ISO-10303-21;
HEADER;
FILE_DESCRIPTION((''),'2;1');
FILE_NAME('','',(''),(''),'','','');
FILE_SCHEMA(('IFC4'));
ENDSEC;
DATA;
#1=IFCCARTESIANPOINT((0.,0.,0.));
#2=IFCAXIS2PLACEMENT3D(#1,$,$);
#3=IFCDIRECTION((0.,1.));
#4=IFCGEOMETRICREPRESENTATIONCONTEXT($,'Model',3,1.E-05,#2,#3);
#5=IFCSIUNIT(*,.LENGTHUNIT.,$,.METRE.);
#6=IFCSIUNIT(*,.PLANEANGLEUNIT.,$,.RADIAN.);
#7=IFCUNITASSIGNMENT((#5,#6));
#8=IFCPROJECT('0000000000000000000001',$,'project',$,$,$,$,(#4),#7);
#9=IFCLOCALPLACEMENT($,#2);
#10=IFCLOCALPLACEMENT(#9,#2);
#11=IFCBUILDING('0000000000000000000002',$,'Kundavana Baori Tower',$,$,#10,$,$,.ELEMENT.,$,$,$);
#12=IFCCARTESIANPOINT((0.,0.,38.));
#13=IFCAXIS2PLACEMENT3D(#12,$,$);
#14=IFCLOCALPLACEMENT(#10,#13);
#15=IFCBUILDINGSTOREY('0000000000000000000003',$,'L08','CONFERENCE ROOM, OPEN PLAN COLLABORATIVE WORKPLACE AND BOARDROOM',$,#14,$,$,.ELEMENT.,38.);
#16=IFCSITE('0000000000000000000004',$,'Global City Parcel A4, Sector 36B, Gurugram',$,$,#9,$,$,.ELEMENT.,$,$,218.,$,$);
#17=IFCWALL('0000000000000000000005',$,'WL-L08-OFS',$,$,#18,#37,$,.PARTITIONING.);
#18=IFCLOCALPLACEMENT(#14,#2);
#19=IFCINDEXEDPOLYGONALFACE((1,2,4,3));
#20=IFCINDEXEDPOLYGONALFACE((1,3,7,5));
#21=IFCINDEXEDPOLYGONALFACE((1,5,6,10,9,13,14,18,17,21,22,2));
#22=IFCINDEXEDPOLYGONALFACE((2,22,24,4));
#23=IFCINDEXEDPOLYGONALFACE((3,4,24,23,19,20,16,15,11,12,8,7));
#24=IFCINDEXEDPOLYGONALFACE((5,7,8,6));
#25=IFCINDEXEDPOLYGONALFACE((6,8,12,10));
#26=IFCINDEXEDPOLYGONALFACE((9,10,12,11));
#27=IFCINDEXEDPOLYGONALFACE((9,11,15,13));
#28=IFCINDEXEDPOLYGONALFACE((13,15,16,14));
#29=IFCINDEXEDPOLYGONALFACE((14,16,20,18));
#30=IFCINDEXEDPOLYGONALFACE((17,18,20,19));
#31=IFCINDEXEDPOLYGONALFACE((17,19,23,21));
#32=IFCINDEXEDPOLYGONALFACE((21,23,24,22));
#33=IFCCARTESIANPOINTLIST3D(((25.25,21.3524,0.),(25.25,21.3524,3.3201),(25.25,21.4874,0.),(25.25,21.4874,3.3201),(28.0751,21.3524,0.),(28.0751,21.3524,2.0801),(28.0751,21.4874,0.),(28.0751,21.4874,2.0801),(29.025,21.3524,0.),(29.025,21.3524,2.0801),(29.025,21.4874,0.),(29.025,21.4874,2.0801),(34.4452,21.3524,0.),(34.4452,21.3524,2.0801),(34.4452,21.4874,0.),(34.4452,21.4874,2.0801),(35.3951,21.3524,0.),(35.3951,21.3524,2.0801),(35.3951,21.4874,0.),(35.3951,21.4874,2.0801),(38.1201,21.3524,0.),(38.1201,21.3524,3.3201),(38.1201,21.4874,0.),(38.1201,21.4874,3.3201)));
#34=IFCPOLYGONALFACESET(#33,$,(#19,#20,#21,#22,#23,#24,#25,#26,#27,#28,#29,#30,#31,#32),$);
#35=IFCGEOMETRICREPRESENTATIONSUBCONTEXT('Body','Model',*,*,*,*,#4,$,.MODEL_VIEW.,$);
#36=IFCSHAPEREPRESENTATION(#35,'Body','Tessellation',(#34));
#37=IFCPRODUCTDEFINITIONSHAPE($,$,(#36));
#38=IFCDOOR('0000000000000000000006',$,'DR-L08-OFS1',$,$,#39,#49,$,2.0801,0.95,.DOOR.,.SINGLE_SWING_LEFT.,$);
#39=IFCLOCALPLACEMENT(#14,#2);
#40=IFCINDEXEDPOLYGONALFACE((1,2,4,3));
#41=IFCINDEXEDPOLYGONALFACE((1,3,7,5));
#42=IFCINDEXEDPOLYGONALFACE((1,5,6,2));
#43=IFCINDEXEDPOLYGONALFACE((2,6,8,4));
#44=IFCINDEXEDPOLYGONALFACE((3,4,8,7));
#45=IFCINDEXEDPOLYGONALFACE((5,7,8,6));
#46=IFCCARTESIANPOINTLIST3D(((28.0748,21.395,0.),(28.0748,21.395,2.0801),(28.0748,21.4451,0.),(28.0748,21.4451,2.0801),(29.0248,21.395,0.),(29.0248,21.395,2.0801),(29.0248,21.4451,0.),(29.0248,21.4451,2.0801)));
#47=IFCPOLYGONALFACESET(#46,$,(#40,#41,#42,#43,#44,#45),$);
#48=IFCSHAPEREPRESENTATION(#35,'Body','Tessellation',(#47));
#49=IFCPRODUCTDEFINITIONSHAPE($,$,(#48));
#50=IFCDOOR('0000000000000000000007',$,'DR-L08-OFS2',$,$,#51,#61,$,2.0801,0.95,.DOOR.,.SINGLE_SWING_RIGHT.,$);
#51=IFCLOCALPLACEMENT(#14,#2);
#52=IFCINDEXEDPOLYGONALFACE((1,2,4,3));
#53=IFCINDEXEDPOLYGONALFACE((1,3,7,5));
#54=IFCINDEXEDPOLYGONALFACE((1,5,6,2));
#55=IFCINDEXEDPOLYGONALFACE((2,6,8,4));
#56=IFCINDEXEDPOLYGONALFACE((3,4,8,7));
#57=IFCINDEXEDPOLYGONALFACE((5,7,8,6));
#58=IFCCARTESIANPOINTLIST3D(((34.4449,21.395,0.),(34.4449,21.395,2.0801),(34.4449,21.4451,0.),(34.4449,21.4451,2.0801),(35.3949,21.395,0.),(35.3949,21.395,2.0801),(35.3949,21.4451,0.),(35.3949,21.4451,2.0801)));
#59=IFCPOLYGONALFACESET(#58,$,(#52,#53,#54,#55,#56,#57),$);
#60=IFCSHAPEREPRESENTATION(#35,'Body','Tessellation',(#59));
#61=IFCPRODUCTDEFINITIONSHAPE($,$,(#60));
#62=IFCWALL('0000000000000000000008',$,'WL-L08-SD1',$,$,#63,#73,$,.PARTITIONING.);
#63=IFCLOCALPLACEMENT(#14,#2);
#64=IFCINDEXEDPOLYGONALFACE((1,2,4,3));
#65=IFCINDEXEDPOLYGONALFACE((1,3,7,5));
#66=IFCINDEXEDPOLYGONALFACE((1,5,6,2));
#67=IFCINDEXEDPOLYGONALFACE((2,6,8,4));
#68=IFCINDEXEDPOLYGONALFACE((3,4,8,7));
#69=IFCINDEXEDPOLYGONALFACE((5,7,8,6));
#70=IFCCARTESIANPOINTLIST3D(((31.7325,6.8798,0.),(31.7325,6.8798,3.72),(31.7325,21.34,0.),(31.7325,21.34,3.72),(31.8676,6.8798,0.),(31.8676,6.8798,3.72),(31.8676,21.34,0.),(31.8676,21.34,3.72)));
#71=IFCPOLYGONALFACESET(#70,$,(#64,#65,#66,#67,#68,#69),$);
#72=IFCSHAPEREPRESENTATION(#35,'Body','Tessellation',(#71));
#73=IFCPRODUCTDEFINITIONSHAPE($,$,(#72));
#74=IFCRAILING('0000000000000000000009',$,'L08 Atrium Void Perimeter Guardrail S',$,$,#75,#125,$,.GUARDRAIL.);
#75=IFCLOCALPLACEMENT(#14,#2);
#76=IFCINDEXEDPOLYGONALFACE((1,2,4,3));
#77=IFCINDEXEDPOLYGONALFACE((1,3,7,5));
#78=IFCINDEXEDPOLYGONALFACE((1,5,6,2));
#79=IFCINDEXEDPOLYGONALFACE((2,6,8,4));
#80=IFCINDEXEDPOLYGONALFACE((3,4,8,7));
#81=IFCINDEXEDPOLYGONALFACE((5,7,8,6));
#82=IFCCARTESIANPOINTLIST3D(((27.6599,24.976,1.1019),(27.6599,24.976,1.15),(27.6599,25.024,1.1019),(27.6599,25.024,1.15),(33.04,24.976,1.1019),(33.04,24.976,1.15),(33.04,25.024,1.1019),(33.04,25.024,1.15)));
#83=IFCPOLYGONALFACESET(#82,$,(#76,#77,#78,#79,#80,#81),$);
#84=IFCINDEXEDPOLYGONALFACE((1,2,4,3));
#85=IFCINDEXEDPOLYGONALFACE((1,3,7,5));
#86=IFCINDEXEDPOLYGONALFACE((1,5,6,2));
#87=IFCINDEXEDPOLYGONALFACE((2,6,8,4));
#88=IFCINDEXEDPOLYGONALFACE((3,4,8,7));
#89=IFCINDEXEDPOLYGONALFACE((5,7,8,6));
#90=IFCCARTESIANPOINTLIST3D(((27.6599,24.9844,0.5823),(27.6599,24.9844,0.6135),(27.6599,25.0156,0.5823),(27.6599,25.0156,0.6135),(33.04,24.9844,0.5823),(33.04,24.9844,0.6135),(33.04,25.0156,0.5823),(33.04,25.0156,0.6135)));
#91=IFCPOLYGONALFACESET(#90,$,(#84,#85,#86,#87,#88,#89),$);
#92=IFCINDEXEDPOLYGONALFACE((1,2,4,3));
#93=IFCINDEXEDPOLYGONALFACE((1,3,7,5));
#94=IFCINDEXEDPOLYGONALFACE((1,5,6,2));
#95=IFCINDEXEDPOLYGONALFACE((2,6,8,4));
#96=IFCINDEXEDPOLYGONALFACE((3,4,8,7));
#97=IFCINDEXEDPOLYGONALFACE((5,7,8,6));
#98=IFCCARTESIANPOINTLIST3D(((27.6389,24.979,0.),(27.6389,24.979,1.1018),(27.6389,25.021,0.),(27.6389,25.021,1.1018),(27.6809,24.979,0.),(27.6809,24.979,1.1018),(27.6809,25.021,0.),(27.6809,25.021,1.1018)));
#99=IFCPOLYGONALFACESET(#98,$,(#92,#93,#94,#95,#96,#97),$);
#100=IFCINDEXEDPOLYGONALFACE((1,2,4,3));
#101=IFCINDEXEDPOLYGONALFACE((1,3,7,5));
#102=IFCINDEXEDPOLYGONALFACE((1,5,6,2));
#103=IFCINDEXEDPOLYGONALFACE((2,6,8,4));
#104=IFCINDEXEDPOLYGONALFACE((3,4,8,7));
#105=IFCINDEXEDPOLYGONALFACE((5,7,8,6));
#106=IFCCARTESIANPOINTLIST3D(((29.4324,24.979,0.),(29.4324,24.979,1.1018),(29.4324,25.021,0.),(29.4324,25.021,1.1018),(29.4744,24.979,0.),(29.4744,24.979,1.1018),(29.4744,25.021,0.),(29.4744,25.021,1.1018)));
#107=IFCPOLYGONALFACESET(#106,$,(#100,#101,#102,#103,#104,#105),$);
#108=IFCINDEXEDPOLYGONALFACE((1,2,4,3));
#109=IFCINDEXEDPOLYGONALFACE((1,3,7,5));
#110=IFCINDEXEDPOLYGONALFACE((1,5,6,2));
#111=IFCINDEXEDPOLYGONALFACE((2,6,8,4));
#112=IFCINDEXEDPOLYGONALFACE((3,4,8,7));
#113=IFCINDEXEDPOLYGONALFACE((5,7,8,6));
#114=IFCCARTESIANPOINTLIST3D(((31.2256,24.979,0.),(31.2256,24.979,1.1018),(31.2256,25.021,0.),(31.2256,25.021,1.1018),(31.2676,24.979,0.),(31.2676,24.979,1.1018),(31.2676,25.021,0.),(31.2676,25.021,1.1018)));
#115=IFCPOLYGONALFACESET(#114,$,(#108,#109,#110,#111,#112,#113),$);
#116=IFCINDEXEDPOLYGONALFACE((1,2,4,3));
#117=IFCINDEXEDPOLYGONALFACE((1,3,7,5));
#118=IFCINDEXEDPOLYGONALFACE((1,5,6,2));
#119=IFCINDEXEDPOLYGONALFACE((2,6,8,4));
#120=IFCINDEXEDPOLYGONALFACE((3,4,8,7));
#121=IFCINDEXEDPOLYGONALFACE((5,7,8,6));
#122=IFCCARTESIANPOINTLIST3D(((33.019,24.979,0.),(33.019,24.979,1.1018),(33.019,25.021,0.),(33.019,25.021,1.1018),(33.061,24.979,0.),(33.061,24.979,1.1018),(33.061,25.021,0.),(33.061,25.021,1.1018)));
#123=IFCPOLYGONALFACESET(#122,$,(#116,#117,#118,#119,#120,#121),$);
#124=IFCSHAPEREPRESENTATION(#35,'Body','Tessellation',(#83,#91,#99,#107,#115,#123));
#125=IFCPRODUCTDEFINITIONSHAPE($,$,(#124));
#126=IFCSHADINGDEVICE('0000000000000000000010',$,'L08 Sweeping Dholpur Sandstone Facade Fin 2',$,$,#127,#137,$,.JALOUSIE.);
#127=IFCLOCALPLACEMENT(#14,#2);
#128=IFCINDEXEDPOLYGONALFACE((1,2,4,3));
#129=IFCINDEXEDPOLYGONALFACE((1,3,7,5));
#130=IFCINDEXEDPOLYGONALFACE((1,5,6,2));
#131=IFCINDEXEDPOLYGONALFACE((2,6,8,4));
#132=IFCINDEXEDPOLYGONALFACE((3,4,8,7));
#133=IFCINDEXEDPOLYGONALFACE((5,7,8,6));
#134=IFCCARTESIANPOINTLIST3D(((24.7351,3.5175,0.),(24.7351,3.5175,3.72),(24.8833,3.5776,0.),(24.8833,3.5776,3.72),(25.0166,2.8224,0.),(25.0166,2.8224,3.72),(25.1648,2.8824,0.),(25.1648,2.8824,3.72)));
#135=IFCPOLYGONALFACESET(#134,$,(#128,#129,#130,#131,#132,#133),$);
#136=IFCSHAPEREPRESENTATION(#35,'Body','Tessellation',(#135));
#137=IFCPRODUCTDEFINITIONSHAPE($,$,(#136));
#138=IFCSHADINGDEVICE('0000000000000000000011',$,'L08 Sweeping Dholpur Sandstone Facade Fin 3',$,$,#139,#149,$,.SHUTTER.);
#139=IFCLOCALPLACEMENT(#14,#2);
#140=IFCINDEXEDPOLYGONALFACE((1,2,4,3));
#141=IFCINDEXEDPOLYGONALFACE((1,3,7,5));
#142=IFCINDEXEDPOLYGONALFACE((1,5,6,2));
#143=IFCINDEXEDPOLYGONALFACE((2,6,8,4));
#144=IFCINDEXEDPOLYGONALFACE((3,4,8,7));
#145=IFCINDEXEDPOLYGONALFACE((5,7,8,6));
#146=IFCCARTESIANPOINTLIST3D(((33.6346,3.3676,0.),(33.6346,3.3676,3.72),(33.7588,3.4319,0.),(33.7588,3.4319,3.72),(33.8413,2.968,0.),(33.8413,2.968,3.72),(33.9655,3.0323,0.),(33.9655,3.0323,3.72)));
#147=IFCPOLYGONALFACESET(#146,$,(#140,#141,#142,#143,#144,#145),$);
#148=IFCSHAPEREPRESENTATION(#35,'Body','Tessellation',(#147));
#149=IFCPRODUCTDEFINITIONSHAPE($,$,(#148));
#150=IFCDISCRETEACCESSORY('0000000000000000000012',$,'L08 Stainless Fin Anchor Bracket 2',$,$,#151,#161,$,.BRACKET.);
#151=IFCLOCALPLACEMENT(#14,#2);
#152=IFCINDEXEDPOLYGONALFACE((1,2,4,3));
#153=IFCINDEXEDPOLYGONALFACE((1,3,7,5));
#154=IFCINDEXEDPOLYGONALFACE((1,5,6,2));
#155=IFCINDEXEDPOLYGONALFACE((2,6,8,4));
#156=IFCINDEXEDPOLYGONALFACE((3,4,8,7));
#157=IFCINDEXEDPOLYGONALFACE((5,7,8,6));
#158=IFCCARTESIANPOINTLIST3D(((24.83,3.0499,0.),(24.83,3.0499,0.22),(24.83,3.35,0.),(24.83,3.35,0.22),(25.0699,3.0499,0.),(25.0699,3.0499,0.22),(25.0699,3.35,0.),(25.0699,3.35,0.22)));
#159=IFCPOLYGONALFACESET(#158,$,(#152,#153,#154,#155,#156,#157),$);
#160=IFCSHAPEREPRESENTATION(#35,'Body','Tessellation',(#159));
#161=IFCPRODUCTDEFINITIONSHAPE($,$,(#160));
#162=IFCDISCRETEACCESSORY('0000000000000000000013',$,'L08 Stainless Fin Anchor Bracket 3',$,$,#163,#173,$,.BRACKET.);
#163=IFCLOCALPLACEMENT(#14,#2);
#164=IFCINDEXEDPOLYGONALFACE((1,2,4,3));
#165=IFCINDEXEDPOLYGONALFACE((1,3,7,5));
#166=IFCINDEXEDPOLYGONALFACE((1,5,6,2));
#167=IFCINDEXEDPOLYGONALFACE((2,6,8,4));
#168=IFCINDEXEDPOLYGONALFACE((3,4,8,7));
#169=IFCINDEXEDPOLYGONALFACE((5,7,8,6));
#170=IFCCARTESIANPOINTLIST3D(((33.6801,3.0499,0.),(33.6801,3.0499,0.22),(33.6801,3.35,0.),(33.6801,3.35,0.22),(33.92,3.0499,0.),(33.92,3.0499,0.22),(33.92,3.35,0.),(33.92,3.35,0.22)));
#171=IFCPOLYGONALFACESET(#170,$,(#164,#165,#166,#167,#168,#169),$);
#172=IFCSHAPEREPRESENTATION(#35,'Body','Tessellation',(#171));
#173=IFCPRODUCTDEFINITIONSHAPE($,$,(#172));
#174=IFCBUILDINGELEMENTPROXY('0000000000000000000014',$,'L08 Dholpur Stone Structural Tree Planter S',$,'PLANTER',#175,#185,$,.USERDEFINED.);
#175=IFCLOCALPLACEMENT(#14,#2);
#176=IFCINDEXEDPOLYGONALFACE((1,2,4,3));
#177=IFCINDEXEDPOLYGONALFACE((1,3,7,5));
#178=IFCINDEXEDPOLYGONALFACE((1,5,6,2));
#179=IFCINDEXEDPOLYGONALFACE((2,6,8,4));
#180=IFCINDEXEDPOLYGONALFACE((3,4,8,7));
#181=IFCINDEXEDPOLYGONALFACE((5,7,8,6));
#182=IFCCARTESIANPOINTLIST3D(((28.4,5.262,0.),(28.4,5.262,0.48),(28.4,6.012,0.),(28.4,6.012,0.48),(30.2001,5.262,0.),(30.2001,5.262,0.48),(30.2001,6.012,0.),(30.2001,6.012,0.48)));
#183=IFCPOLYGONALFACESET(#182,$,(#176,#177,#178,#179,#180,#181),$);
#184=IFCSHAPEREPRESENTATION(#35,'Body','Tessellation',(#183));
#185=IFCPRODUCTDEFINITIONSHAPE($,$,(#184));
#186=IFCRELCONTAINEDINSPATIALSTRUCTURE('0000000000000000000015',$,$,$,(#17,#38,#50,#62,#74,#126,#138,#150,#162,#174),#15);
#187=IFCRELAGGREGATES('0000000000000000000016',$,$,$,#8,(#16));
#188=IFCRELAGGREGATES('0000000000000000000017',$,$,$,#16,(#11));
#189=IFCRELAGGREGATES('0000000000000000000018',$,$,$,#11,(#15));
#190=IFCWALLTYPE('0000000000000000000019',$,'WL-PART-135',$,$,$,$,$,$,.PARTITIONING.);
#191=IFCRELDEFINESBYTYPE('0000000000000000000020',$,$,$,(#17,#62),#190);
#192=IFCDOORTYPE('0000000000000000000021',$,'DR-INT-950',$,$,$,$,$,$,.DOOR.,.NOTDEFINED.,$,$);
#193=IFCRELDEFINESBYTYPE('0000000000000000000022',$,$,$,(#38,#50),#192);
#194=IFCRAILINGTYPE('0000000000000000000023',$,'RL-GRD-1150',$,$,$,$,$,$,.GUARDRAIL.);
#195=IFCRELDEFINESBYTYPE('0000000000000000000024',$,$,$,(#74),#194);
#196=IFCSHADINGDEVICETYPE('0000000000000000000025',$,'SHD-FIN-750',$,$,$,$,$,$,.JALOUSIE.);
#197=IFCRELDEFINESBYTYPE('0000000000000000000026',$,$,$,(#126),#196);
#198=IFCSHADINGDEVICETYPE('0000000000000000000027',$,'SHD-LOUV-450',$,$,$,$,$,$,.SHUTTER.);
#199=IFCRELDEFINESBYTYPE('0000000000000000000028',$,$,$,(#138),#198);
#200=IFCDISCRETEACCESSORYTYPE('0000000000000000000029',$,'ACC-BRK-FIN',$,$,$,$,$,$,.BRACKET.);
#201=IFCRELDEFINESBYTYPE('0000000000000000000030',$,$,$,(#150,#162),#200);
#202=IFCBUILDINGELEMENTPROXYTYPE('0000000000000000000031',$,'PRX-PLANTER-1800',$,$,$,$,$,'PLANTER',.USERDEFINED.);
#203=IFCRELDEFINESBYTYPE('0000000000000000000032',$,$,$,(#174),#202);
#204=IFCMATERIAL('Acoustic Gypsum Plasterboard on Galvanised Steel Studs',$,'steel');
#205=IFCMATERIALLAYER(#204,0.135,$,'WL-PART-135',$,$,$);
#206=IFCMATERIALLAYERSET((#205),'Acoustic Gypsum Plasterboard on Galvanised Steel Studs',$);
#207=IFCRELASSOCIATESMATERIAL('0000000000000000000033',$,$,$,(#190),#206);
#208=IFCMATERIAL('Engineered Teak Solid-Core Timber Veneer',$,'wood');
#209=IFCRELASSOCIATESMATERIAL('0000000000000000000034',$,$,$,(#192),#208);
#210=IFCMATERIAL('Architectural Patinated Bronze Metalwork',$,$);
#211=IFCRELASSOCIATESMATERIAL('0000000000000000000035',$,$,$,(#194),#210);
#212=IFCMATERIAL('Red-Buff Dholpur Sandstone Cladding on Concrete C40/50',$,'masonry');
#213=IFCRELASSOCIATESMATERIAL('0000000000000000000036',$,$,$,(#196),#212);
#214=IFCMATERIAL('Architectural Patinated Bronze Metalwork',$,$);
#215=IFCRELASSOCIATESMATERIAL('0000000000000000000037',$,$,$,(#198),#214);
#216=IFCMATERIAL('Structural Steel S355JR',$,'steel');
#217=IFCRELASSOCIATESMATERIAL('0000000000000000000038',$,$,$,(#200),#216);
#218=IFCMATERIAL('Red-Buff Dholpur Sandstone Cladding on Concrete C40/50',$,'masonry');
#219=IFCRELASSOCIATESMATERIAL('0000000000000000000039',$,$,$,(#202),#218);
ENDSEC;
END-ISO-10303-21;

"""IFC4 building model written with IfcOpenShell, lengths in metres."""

from ifc_helpers import new_model, si_unit, direction, frame, frame_2d, origin, origin_2d, place, context, subcontext, project, spatial, rectangle, extrude, material, layer, layer_set, type_object, element, fill, save


model = new_model("IFC4")

# Units and contexts
model_context = context("Model", 3, precision=1e-05, world=origin(), true_north=direction((0.0, 1.0)))
body_context = subcontext(model_context, "Body", "Model", "MODEL_VIEW")
ifc_project = project(units=[si_unit("LENGTHUNIT", "METRE"), si_unit("PLANEANGLEUNIT", "RADIAN")], contexts=[model_context])

# Site, building, storey
site_placement = place(None, origin())
site = spatial("IfcSite", under=ifc_project, at=site_placement, Name="Global City Parcel A4, Sector 36B, Gurugram", CompositionType="ELEMENT", RefElevation=218.0)
building_placement = place(site_placement, origin())
building = spatial("IfcBuilding", under=site, at=building_placement, Name="Kundavana Baori Tower", CompositionType="ELEMENT")
storey_placement = place(building_placement, frame((0.0, 0.0, 38.0)))
storey = spatial("IfcBuildingStorey", under=building, at=storey_placement, Name="L08", Description="CONFERENCE ROOM, OPEN PLAN COLLABORATIVE WORKPLACE AND BOARDROOM", CompositionType="ELEMENT", Elevation=38.0)

# Wall, openings, doors
ifc_material_1 = material(Name="Acoustic Gypsum Plasterboard on Galvanised Steel Studs", Category="steel")
ifc_layer = layer(ifc_material_1, 0.135, Name="WL-PART-135")
ifc_layer_set = layer_set([ifc_layer], Name="Acoustic Gypsum Plasterboard on Galvanised Steel Studs")
wall_type = type_object("IfcWallType", Name="WL-PART-135", PredefinedType="PARTITIONING", material=ifc_layer_set)
wall_1_placement = place(storey_placement, frame((25.25, 21.4199, 0.0), z_axis=(0.0, 0.0, 1.0), x_axis=(1.0, 0.0, 0.0)))
wall_1 = element("IfcWall", 1, at=wall_1_placement, inside=storey, type_object=wall_type, Name="WL-L08-OFS", PredefinedType="PARTITIONING", context=body_context, shape_type="SweptSolid", body=[
    extrude(rectangle(XDim=12.8701, YDim=0.135, at=frame_2d((6.4351, 0.0))), origin(), (0.0, 0.0, 1.0), 3.3201),
])
opening_1_placement = place(wall_1_placement, frame((2.825, 0.0, 0.0)))
opening_1 = element("IfcOpeningElement", 2, at=opening_1_placement, cuts=wall_1, PredefinedType="OPENING", context=body_context, shape_type="SweptSolid", body=[
    extrude(rectangle(XDim=0.95, YDim=2.0801, at=frame_2d((0.4751, 1.04))), frame((0.0, 0.0776, 0.0), z_axis=(0.0, -1.0, 0.0), x_axis=(1.0, 0.0, 0.0)), (0.0, 0.0, 1.0), 0.155),
])
opening_2_placement = place(wall_1_placement, frame((9.1951, 0.0, 0.0)))
opening_2 = element("IfcOpeningElement", 3, at=opening_2_placement, cuts=wall_1, PredefinedType="OPENING", context=body_context, shape_type="SweptSolid", body=[
    extrude(rectangle(XDim=0.95, YDim=2.0801, at=frame_2d((0.4751, 1.04))), frame((0.0, 0.0776, 0.0), z_axis=(0.0, -1.0, 0.0), x_axis=(1.0, 0.0, 0.0)), (0.0, 0.0, 1.0), 0.155),
])
ifc_material_2 = material(Name="Engineered Teak Solid-Core Timber Veneer", Category="wood")
door_type = type_object("IfcDoorType", Name="DR-INT-950", OperationType="NOTDEFINED", PredefinedType="DOOR", material=ifc_material_2)
door_1_placement = place(opening_1_placement, frame((0.95, 0.0, 0.0), z_axis=(0.0, 0.0, 1.0), x_axis=(-1.0, 0.0, 0.0)))
door_1 = element("IfcDoor", 4, at=door_1_placement, inside=storey, type_object=door_type, Name="DR-L08-OFS1", OperationType="SINGLE_SWING_LEFT", OverallHeight=2.0801, OverallWidth=0.95, PredefinedType="DOOR", context=body_context, shape_type="SweptSolid", body=[
    extrude(rectangle(XDim=0.95, YDim=2.0801, at=frame_2d((0.4751, 1.04))), frame((0.0, 0.0249, 0.0), z_axis=(0.0, -1.0, 0.0), x_axis=(1.0, 0.0, 0.0)), (0.0, 0.0, 1.0), 0.05),
])
fill(opening_1, door_1)
door_2_placement = place(opening_2_placement, frame((0.95, 0.0, 0.0), z_axis=(0.0, 0.0, 1.0), x_axis=(-1.0, 0.0, 0.0)))
door_2 = element("IfcDoor", 5, at=door_2_placement, inside=storey, type_object=door_type, Name="DR-L08-OFS2", OperationType="SINGLE_SWING_RIGHT", OverallHeight=2.0801, OverallWidth=0.95, PredefinedType="DOOR", context=body_context, shape_type="SweptSolid", body=[
    extrude(rectangle(XDim=0.95, YDim=2.0801, at=frame_2d((0.4751, 1.04))), frame((0.0, 0.0249, 0.0), z_axis=(0.0, -1.0, 0.0), x_axis=(1.0, 0.0, 0.0)), (0.0, 0.0, 1.0), 0.05),
])
fill(opening_2, door_2)

# Wall
wall_2_placement = place(storey_placement, frame((31.8, 6.8799, 0.0), z_axis=(0.0, 0.0, 1.0), x_axis=(0.0, 1.0, 0.0)))
element("IfcWall", 6, at=wall_2_placement, inside=storey, type_object=wall_type, Name="WL-L08-SD1", PredefinedType="PARTITIONING", context=body_context, shape_type="SweptSolid", body=[
    extrude(rectangle(XDim=14.4602, YDim=0.135, at=frame_2d((7.23, 0.0))), origin(), (0.0, 0.0, 1.0), 3.72),
])

# Railing
ifc_material_3 = material(Name="Architectural Patinated Bronze Metalwork")
railing_type = type_object("IfcRailingType", Name="RL-GRD-1150", PredefinedType="GUARDRAIL", material=ifc_material_3)
railing_placement = place(storey_placement, frame((27.6599, 25.0, 0.0)))
element("IfcRailing", 7, at=railing_placement, inside=storey, type_object=railing_type, Name="L08 Atrium Void Perimeter Guardrail S", PredefinedType="GUARDRAIL", context=body_context, shape_type="SweptSolid", body=[
    extrude(rectangle(XDim=0.0481, YDim=0.0481, at=origin_2d()), frame((0.0, 0.0, 1.126), z_axis=(1.0, 0.0, 0.0), x_axis=(0.0, 1.0, 0.0)), (0.0, 0.0, 1.0), 5.3801),
    extrude(rectangle(XDim=0.0312, YDim=0.0312, at=origin_2d()), frame((0.0, 0.0, 0.5979), z_axis=(1.0, 0.0, 0.0), x_axis=(0.0, 1.0, 0.0)), (0.0, 0.0, 1.0), 5.3801),
    extrude(rectangle(XDim=0.042, YDim=0.042, at=origin_2d()), origin(), (0.0, 0.0, 1.0), 1.1018),
    extrude(rectangle(XDim=0.042, YDim=0.042, at=origin_2d()), frame((1.7935, 0.0, 0.0)), (0.0, 0.0, 1.0), 1.1018),
    extrude(rectangle(XDim=0.042, YDim=0.042, at=origin_2d()), frame((3.5867, 0.0, 0.0)), (0.0, 0.0, 1.0), 1.1018),
    extrude(rectangle(XDim=0.042, YDim=0.042, at=origin_2d()), frame((5.3801, 0.0, 0.0)), (0.0, 0.0, 1.0), 1.1018),
])

# Shading devices
ifc_material_4 = material(Name="Red-Buff Dholpur Sandstone Cladding on Concrete C40/50", Category="masonry")
shading_device_type_1 = type_object("IfcShadingDeviceType", Name="SHD-FIN-750", PredefinedType="JALOUSIE", material=ifc_material_4)
shading_device_1_placement = place(storey_placement, frame((24.95, 3.2, 0.0), z_axis=(0.0, 0.0, 1.0), x_axis=(0.926922, 0.375254, 0.0)))
element("IfcShadingDevice", 8, at=shading_device_1_placement, inside=storey, type_object=shading_device_type_1, Name="L08 Sweeping Dholpur Sandstone Facade Fin 2", PredefinedType="JALOUSIE", context=body_context, shape_type="SweptSolid", body=[
    extrude(rectangle(XDim=0.1599, YDim=0.75, at=origin_2d()), origin(), (0.0, 0.0, 1.0), 3.72),
])
ifc_material_5 = material(Name="Architectural Patinated Bronze Metalwork")
shading_device_type_2 = type_object("IfcShadingDeviceType", Name="SHD-LOUV-450", PredefinedType="SHUTTER", material=ifc_material_5)
shading_device_2_placement = place(storey_placement, frame((33.8, 3.2, 0.0), z_axis=(0.0, 0.0, 1.0), x_axis=(0.888217, 0.459425, 0.0)))
element("IfcShadingDevice", 9, at=shading_device_2_placement, inside=storey, type_object=shading_device_type_2, Name="L08 Sweeping Dholpur Sandstone Facade Fin 3", PredefinedType="SHUTTER", context=body_context, shape_type="SweptSolid", body=[
    extrude(rectangle(XDim=0.1399, YDim=0.45, at=origin_2d()), origin(), (0.0, 0.0, 1.0), 3.72),
])

# Discrete accessories
ifc_material_6 = material(Name="Structural Steel S355JR", Category="steel")
discrete_accessory_type = type_object("IfcDiscreteAccessoryType", Name="ACC-BRK-FIN", PredefinedType="BRACKET", material=ifc_material_6)
for number, where, z_axis, x_axis, name in (
    (10, (24.95, 3.2, 0.0), (0.0, 0.0, 1.0), (1.0, 0.0, 0.0), "L08 Stainless Fin Anchor Bracket 2"),
    (11, (33.8, 3.2, 0.0), (0.0, 0.0, 1.0), (1.0, 0.0, 0.0), "L08 Stainless Fin Anchor Bracket 3"),
):
    element("IfcDiscreteAccessory", number, at=place(storey_placement, frame(where, z_axis=z_axis, x_axis=x_axis)), inside=storey, type_object=discrete_accessory_type, Name=name, PredefinedType="BRACKET", context=body_context, shape_type="SweptSolid", body=[
        extrude(rectangle(XDim=0.24, YDim=0.3, at=origin_2d()), origin(), (0.0, 0.0, 1.0), 0.22),
    ])

# Building element proxy
ifc_material_7 = material(Name="Red-Buff Dholpur Sandstone Cladding on Concrete C40/50", Category="masonry")
building_element_proxy_type = type_object("IfcBuildingElementProxyType", Name="PRX-PLANTER-1800", ElementType="PLANTER", PredefinedType="USERDEFINED", material=ifc_material_7)
proxy_placement = place(storey_placement, frame((29.3, 5.637, 0.0), z_axis=(0.0, 0.0, 1.0), x_axis=(1.0, 0.0, 0.0)))
element("IfcBuildingElementProxy", 12, at=proxy_placement, inside=storey, type_object=building_element_proxy_type, Name="L08 Dholpur Stone Structural Tree Planter S", ObjectType="PLANTER", PredefinedType="USERDEFINED", context=body_context, shape_type="SweptSolid", body=[
    extrude(rectangle(XDim=1.8, YDim=0.75, at=origin_2d()), origin(), (0.0, 0.0, 1.0), 0.48),
])

save(model, "model.ifc")
